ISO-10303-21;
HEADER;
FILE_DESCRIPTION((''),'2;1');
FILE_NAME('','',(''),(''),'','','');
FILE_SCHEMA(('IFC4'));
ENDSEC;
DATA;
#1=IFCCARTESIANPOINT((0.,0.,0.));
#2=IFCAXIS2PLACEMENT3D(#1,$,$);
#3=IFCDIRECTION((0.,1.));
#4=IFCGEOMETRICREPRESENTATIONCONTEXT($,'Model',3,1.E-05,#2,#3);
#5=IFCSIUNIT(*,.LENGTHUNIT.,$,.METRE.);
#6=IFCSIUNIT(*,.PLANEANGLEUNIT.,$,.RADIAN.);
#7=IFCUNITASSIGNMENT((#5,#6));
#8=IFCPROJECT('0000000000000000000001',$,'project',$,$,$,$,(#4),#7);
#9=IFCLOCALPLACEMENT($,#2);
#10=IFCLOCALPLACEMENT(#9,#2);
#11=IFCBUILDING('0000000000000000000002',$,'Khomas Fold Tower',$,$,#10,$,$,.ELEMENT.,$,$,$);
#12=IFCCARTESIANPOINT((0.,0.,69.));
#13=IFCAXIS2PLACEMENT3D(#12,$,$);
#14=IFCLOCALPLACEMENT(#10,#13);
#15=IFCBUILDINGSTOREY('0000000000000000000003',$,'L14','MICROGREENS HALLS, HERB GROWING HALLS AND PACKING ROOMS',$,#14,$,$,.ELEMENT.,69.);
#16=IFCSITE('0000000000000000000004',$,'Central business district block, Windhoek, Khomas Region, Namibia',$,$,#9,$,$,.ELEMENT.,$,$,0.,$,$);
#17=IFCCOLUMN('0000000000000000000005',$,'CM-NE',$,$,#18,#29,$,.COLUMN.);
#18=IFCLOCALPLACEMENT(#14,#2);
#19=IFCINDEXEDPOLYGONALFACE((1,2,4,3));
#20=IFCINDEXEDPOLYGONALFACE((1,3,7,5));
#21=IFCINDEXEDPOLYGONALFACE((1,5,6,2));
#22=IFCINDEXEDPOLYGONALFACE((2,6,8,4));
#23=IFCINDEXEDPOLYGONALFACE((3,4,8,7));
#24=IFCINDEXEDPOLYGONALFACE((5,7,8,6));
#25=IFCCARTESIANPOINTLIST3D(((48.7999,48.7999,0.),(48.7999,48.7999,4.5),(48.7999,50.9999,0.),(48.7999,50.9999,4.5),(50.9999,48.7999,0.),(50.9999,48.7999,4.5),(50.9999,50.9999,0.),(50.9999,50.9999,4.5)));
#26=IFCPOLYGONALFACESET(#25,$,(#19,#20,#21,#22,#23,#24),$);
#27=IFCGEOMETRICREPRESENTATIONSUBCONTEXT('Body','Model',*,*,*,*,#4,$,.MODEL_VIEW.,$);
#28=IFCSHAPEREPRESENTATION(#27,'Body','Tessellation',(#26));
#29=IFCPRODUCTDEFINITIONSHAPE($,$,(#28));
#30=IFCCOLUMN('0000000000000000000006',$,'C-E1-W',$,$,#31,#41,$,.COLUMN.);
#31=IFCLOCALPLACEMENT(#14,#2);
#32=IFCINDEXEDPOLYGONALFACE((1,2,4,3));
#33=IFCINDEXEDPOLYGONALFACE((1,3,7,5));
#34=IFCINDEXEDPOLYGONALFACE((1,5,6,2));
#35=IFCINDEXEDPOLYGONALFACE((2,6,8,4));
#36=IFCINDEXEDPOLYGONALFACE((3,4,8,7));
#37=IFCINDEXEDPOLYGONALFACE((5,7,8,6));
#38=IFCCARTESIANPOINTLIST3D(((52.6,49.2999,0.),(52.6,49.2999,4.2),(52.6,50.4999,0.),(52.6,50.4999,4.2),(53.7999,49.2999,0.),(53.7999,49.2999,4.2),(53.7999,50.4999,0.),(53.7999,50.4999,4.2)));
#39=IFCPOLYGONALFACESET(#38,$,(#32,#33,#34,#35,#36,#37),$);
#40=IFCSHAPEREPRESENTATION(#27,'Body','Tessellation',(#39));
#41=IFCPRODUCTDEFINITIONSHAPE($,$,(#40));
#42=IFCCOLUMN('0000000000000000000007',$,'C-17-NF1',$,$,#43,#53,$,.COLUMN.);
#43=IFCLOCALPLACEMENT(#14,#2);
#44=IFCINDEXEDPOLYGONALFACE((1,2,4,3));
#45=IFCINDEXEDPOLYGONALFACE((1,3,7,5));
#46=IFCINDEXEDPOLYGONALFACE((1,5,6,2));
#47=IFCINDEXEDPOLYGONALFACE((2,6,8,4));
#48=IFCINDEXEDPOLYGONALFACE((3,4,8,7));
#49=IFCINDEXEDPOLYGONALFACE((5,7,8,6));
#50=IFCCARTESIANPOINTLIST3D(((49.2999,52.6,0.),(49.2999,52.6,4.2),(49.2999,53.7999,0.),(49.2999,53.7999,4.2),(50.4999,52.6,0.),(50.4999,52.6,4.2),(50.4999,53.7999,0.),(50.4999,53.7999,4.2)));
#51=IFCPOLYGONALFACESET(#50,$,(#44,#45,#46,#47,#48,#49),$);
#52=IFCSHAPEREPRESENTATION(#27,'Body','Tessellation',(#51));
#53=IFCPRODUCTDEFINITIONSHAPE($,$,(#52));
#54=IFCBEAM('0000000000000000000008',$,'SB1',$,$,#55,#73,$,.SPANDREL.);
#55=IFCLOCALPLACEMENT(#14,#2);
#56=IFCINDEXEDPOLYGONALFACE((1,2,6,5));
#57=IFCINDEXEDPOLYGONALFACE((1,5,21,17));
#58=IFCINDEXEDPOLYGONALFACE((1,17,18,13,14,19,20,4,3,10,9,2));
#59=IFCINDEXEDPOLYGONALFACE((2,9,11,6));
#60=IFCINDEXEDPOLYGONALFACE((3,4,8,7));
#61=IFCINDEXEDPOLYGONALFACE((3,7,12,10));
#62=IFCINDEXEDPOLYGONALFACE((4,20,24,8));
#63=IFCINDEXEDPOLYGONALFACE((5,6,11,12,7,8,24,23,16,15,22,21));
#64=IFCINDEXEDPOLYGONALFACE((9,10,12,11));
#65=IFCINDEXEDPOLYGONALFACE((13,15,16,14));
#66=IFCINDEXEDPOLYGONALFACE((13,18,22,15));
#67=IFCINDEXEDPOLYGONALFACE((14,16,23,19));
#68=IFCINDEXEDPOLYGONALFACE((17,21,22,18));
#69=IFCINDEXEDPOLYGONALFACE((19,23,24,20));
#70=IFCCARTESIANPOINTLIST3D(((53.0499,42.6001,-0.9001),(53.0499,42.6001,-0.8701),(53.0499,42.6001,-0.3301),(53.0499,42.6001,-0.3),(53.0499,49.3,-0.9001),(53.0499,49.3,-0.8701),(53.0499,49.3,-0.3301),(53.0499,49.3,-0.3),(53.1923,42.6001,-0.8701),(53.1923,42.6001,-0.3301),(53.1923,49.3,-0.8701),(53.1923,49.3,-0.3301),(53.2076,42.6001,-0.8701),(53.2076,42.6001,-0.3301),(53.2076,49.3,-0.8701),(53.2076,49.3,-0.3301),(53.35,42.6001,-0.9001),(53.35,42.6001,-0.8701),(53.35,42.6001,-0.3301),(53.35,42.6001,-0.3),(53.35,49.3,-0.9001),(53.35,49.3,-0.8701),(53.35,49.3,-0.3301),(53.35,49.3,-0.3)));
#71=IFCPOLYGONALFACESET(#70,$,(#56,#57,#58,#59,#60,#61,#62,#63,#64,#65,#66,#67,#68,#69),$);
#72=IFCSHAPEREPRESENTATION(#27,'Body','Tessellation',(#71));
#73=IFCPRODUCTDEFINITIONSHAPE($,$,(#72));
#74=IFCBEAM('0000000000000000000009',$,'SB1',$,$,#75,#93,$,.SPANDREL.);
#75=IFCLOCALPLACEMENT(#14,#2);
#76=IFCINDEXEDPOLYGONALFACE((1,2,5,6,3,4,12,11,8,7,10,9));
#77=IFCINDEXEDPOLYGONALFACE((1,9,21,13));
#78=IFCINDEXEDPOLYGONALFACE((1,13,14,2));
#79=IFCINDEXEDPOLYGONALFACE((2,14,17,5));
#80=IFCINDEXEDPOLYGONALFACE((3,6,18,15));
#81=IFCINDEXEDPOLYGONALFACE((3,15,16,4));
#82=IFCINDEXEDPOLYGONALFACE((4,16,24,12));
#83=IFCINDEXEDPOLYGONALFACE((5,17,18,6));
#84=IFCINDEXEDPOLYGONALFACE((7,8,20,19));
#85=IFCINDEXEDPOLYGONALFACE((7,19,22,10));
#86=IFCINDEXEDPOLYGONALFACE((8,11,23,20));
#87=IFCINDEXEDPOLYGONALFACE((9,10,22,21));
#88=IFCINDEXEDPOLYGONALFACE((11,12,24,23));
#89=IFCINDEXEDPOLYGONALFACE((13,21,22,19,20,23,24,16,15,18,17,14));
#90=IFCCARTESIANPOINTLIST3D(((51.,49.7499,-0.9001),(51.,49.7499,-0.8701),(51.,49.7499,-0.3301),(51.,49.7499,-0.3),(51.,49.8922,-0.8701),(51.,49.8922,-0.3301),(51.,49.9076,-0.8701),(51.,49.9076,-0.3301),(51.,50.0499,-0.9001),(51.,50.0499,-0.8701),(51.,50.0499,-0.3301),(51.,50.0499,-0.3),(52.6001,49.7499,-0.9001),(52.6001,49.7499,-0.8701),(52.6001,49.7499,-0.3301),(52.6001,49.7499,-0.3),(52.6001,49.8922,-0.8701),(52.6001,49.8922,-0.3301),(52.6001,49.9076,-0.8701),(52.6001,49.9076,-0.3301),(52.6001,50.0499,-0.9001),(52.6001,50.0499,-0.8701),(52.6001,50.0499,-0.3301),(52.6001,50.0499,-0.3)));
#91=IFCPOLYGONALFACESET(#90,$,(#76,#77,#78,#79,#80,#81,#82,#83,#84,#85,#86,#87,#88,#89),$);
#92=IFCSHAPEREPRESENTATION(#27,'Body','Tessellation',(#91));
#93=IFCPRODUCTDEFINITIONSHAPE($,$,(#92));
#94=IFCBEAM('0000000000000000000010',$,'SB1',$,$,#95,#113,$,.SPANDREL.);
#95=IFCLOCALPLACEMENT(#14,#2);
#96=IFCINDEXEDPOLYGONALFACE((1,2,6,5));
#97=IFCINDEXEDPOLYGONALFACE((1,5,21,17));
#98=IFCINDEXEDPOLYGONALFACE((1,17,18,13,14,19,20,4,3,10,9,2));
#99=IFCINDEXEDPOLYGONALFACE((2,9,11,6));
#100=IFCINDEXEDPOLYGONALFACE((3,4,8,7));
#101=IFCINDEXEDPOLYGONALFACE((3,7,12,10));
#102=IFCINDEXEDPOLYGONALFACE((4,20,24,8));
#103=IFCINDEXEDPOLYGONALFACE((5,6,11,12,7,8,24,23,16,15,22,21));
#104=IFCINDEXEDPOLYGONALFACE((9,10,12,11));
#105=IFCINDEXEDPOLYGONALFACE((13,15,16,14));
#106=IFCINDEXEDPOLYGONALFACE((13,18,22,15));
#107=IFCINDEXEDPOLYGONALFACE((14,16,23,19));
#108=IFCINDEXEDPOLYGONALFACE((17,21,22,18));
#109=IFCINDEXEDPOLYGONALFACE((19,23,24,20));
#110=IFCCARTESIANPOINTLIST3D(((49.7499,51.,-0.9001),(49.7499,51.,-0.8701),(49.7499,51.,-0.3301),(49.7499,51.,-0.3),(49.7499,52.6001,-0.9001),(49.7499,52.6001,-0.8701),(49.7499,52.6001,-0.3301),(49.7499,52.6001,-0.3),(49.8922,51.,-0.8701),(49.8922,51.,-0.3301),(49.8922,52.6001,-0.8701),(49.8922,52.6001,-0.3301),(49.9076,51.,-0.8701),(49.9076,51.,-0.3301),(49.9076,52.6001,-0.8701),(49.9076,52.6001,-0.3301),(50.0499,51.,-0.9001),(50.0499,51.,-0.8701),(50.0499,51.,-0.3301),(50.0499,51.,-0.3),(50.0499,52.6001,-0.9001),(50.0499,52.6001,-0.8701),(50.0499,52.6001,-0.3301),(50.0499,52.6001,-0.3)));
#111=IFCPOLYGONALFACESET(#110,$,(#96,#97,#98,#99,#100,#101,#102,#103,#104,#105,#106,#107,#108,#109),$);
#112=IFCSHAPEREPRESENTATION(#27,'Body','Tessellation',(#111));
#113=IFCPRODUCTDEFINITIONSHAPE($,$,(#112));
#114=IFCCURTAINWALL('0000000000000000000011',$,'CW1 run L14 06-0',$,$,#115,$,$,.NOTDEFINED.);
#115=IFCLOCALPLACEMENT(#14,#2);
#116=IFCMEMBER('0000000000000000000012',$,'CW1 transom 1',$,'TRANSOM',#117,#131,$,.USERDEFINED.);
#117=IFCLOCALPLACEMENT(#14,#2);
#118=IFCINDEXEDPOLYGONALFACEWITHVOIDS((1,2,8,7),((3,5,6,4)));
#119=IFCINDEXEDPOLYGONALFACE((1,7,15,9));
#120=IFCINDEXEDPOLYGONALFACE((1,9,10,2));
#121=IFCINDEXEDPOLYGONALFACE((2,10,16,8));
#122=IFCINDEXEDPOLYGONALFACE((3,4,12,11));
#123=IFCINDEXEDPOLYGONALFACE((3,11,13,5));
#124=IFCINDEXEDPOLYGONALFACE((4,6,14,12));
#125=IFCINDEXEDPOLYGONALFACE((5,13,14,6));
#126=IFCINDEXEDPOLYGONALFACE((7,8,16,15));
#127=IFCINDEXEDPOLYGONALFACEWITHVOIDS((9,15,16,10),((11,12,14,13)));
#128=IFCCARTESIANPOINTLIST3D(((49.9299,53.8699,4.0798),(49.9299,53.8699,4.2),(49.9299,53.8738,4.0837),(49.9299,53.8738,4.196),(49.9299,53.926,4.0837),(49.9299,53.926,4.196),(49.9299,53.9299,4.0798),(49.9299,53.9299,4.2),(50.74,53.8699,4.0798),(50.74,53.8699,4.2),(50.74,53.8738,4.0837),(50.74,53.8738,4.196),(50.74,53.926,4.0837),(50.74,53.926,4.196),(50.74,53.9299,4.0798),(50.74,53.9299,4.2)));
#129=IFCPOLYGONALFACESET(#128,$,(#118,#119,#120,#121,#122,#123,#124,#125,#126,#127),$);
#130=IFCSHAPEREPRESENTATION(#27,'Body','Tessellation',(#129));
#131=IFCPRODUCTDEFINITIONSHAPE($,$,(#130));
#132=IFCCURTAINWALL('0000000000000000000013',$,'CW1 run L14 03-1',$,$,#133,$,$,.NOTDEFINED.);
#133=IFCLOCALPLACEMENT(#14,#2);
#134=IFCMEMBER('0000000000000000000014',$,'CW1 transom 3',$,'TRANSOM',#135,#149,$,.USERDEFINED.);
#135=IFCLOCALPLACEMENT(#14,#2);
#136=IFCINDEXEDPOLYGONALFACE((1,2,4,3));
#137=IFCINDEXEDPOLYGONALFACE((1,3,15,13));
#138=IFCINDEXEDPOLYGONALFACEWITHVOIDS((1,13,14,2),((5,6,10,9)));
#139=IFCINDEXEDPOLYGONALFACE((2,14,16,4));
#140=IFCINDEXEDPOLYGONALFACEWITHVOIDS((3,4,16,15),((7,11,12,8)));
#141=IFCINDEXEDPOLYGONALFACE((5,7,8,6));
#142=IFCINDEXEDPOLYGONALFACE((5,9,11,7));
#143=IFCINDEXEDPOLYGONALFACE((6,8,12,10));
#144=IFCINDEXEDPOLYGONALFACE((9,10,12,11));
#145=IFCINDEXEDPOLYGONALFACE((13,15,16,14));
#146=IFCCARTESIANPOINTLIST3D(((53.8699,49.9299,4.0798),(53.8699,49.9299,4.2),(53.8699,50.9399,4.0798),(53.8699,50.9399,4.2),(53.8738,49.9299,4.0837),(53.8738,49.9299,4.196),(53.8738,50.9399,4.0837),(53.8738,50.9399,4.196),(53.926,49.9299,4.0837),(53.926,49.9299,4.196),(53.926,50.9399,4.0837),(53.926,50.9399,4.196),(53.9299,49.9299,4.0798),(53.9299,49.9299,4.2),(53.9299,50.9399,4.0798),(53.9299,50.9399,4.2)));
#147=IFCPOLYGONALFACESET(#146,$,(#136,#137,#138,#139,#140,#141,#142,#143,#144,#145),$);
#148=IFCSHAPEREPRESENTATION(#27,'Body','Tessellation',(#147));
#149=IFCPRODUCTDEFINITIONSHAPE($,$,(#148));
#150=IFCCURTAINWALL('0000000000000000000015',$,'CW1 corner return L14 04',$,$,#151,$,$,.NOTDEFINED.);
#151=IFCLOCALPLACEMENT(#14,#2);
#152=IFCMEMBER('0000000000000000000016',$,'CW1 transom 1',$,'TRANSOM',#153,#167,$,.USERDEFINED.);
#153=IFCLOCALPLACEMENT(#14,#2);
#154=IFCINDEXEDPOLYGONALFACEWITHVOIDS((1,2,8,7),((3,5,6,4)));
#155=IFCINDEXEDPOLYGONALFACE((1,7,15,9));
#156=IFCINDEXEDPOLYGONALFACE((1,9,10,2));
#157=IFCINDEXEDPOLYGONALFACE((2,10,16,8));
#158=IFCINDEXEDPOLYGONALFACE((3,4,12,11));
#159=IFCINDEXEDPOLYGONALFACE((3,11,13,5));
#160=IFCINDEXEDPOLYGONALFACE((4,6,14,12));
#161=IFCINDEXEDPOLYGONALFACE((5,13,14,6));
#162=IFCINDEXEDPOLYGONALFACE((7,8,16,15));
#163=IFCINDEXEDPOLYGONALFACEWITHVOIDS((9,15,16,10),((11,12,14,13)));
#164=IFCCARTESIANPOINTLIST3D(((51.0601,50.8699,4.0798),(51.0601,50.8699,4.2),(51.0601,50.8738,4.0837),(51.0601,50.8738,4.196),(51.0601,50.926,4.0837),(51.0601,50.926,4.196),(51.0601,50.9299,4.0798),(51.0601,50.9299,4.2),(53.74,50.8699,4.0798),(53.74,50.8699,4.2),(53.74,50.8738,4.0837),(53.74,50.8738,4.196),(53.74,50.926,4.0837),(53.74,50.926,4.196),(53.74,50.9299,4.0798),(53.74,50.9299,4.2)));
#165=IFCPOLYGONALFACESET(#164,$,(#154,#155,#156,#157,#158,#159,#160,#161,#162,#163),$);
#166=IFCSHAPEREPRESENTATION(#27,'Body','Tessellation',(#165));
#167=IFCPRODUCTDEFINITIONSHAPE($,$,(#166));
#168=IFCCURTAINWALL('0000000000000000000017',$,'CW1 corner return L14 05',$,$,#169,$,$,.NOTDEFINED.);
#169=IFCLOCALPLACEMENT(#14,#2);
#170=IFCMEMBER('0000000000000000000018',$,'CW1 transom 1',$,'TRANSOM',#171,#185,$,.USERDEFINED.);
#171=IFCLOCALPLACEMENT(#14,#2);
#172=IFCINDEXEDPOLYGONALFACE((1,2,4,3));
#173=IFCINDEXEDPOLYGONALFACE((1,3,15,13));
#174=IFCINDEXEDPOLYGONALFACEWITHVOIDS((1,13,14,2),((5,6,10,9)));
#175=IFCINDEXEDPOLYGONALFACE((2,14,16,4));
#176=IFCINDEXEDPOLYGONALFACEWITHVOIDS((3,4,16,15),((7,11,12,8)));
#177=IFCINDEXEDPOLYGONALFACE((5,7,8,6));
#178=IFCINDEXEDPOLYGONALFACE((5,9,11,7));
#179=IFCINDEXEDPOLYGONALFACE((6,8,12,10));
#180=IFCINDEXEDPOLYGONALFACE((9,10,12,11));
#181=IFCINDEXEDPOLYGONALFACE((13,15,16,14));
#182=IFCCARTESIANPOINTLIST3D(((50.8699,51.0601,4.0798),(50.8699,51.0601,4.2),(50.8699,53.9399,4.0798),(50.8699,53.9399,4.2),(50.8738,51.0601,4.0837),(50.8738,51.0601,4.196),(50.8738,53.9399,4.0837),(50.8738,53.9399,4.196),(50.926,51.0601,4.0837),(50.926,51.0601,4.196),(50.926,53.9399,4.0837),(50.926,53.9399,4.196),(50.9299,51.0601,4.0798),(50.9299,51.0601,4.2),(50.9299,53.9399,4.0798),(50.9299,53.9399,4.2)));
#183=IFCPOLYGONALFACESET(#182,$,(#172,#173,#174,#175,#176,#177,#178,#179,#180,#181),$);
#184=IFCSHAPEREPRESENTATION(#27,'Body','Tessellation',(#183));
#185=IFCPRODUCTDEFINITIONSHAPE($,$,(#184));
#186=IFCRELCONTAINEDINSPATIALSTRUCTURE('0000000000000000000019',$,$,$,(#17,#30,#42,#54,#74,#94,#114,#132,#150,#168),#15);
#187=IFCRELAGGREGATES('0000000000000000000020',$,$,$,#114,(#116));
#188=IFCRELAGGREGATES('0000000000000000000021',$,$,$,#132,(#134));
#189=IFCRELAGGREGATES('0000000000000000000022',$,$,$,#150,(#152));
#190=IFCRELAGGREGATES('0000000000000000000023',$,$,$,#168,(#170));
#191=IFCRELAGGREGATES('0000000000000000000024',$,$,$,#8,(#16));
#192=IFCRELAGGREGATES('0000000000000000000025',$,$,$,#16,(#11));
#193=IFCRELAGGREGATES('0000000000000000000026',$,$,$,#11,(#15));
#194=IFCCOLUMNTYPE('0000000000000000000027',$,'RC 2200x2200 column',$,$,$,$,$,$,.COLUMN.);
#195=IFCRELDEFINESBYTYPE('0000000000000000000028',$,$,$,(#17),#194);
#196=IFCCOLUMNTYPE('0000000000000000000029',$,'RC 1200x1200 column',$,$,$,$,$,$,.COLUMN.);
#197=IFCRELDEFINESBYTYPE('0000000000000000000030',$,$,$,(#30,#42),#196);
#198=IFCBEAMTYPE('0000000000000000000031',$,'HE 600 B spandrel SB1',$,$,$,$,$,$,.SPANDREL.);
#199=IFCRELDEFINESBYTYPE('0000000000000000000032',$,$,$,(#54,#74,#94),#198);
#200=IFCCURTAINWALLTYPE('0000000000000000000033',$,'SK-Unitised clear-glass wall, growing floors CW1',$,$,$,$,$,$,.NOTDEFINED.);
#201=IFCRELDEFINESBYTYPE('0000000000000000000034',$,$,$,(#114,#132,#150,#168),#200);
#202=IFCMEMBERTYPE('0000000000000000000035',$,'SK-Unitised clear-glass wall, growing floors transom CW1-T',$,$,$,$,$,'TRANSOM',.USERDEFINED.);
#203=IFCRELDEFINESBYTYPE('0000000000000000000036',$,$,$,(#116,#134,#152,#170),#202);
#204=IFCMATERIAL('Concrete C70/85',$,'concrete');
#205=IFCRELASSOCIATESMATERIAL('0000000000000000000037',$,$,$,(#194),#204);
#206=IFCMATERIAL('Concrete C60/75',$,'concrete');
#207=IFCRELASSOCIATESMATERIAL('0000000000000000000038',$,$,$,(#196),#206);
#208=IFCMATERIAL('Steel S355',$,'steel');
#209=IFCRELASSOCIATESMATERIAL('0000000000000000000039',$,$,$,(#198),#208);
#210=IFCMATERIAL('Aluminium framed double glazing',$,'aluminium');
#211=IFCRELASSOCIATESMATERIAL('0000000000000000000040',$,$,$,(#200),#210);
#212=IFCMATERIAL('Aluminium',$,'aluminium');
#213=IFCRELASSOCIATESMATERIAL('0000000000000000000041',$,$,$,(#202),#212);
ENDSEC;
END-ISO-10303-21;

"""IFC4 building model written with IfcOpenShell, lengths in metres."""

from ifc_helpers import new_model, si_unit, direction, frame, origin, origin_2d, place, context, subcontext, project, spatial, rectangle, hollow_rectangle, i_section, extrude, source, transform, mapped, material, material_profile, profile_set, type_object, element, aggregate, save


model = new_model("IFC4")

# Units and contexts
model_context = context("Model", 3, precision=1e-05, world=origin(), true_north=direction((0.0, 1.0)))
body_context = subcontext(model_context, "Body", "Model", "MODEL_VIEW")
ifc_project = project(units=[si_unit("LENGTHUNIT", "METRE"), si_unit("PLANEANGLEUNIT", "RADIAN")], contexts=[model_context])

# Site, building, storey
site_placement = place(None, origin())
site = spatial("IfcSite", under=ifc_project, at=site_placement, Name="Central business district block, Windhoek, Khomas Region, Namibia", CompositionType="ELEMENT", RefElevation=0.0)
building_placement = place(site_placement, origin())
building = spatial("IfcBuilding", under=site, at=building_placement, Name="Khomas Fold Tower", CompositionType="ELEMENT")
storey_placement = place(building_placement, frame((0.0, 0.0, 69.0)))
storey = spatial("IfcBuildingStorey", under=building, at=storey_placement, Name="L14", Description="MICROGREENS HALLS, HERB GROWING HALLS AND PACKING ROOMS", CompositionType="ELEMENT", Elevation=69.0)

# Columns
ifc_material_1 = material(Name="Concrete C70/85", Category="concrete")
ifc_material_profile_1 = material_profile(ifc_material_1, rectangle(XDim=2.2, YDim=2.2, at=origin_2d()), Name="RC 2200x2200")
ifc_profile_set_1 = profile_set([ifc_material_profile_1], Name="Concrete C70/85")
column_type_1 = type_object("IfcColumnType", Name="RC 2200x2200 column", PredefinedType="COLUMN", material=ifc_profile_set_1)
shared_shape_1 = source(origin(), body_context, "Body", "SweptSolid", [
    extrude(rectangle(XDim=2.2, YDim=2.2, at=origin_2d()), origin(), (0.0, 0.0, 1.0), 4.5),
])
column_placement = place(storey_placement, frame((49.8999, 49.8999, 0.0), z_axis=(0.0, 0.0, 1.0), x_axis=(1.0, 0.0, 0.0)))
element("IfcColumn", 1, at=column_placement, inside=storey, type_object=column_type_1, Name="CM-NE", PredefinedType="COLUMN", context=body_context, shape_type="MappedRepresentation", body=[
    mapped(shared_shape_1, transform((0.0, 0.0, 0.0))),
])
ifc_material_2 = material(Name="Concrete C60/75", Category="concrete")
ifc_material_profile_2 = material_profile(ifc_material_2, rectangle(XDim=1.2, YDim=1.2, at=origin_2d()), Name="RC 1200x1200")
ifc_profile_set_2 = profile_set([ifc_material_profile_2], Name="Concrete C60/75")
column_type_2 = type_object("IfcColumnType", Name="RC 1200x1200 column", PredefinedType="COLUMN", material=ifc_profile_set_2)
shared_shape_2 = source(origin(), body_context, "Body", "SweptSolid", [
    extrude(rectangle(XDim=1.2, YDim=1.2, at=origin_2d()), origin(), (0.0, 0.0, 1.0), 4.2),
])
for number, where, z_axis, x_axis, name in (
    (2, (53.2, 49.8999, 0.0), (0.0, 0.0, 1.0), (1.0, 0.0, 0.0), "C-E1-W"),
    (3, (49.8999, 53.2, 0.0), (0.0, 0.0, 1.0), (1.0, 0.0, 0.0), "C-17-NF1"),
):
    element("IfcColumn", number, at=place(storey_placement, frame(where, z_axis=z_axis, x_axis=x_axis)), inside=storey, type_object=column_type_2, Name=name, PredefinedType="COLUMN", context=body_context, shape_type="MappedRepresentation", body=[
        mapped(shared_shape_2, transform((0.0, 0.0, 0.0))),
    ])

# Beams
ifc_material_3 = material(Name="Steel S355", Category="steel")
ifc_material_profile_3 = material_profile(ifc_material_3, i_section(OverallWidth=0.3, OverallDepth=0.6001, WebThickness=0.0154, FlangeThickness=0.03, at=origin_2d()), Name="HE 600 B")
ifc_profile_set_3 = profile_set([ifc_material_profile_3], Name="Steel S355")
beam_type = type_object("IfcBeamType", Name="HE 600 B spandrel SB1", PredefinedType="SPANDREL", material=ifc_profile_set_3)
shared_shape_3 = source(origin(), body_context, "Body", "SweptSolid", [
    extrude(i_section(OverallWidth=0.3, OverallDepth=0.6001, WebThickness=0.0154, FlangeThickness=0.03, at=origin_2d()), origin(), (0.0, 0.0, 1.0), 6.7),
])
beam_placement = place(storey_placement, frame((53.2, 42.6001, -0.6001), z_axis=(0.0, 1.0, 0.0), x_axis=(-1.0, 0.0, 0.0)))
element("IfcBeam", 4, at=beam_placement, inside=storey, type_object=beam_type, Name="SB1", PredefinedType="SPANDREL", context=body_context, shape_type="MappedRepresentation", body=[
    mapped(shared_shape_3, transform((0.0, 0.0, 0.0))),
])
shared_shape_4 = source(origin(), body_context, "Body", "SweptSolid", [
    extrude(i_section(OverallWidth=0.3, OverallDepth=0.6001, WebThickness=0.0154, FlangeThickness=0.03, at=origin_2d()), origin(), (0.0, 0.0, 1.0), 1.6001),
])
for number, where, z_axis, x_axis, name in (
    (5, (51.0, 49.8999, -0.6001), (1.0, 0.0, 0.0), (0.0, 1.0, 0.0), "SB1"),
    (6, (49.8999, 51.0, -0.6001), (0.0, 1.0, 0.0), (-1.0, 0.0, 0.0), "SB1"),
):
    element("IfcBeam", number, at=place(storey_placement, frame(where, z_axis=z_axis, x_axis=x_axis)), inside=storey, type_object=beam_type, Name=name, PredefinedType="SPANDREL", context=body_context, shape_type="MappedRepresentation", body=[
        mapped(shared_shape_4, transform((0.0, 0.0, 0.0))),
    ])

# Curtain walls, members
ifc_material_4 = material(Name="Aluminium framed double glazing", Category="aluminium")
curtain_wall_type = type_object("IfcCurtainWallType", Name="SK-Unitised clear-glass wall, growing floors CW1", PredefinedType="NOTDEFINED", material=ifc_material_4)
curtain_wall_1_placement = place(storey_placement, origin())
curtain_wall_1 = element("IfcCurtainWall", 7, at=curtain_wall_1_placement, inside=storey, type_object=curtain_wall_type, Name="CW1 run L14 06-0", PredefinedType="NOTDEFINED")
ifc_material_5 = material(Name="Aluminium", Category="aluminium")
ifc_material_profile_4 = material_profile(ifc_material_5, hollow_rectangle(XDim=0.0601, YDim=0.1201, WallThickness=0.0039, at=origin_2d()), Name="SK-Unitised clear-glass wall, growing floors transom CW1-T")
ifc_profile_set_4 = profile_set([ifc_material_profile_4], Name="Aluminium")
member_type_1 = type_object("IfcMemberType", Name="SK-Unitised clear-glass wall, growing floors transom CW1-T", ElementType="TRANSOM", PredefinedType="USERDEFINED", material=ifc_profile_set_4)
shared_shape_5 = source(origin(), body_context, "Body", "SweptSolid", [
    extrude(hollow_rectangle(XDim=0.0601, YDim=0.1201, WallThickness=0.0039, at=origin_2d()), origin(), (0.0, 0.0, 1.0), 0.8101),
])
member_1_placement = place(storey_placement, frame((50.74, 53.8999, 4.1399), z_axis=(-1.0, 0.0, 0.0), x_axis=(0.0, -1.0, 0.0)))
member_1 = element("IfcMember", 8, at=member_1_placement, type_object=member_type_1, Name="CW1 transom 1", ObjectType="TRANSOM", PredefinedType="USERDEFINED", context=body_context, shape_type="MappedRepresentation", body=[
    mapped(shared_shape_5, transform((0.0, 0.0, 0.0))),
])
curtain_wall_2_placement = place(storey_placement, origin())
curtain_wall_2 = element("IfcCurtainWall", 9, at=curtain_wall_2_placement, inside=storey, type_object=curtain_wall_type, Name="CW1 run L14 03-1", PredefinedType="NOTDEFINED")
shared_shape_6 = source(origin(), body_context, "Body", "SweptSolid", [
    extrude(hollow_rectangle(XDim=0.0601, YDim=0.1201, WallThickness=0.0039, at=origin_2d()), origin(), (0.0, 0.0, 1.0), 1.01),
])
member_2_placement = place(storey_placement, frame((53.8999, 49.9299, 4.1399), z_axis=(0.0, 1.0, 0.0), x_axis=(-1.0, 0.0, 0.0)))
member_2 = element("IfcMember", 10, at=member_2_placement, type_object=member_type_1, Name="CW1 transom 3", ObjectType="TRANSOM", PredefinedType="USERDEFINED", context=body_context, shape_type="MappedRepresentation", body=[
    mapped(shared_shape_6, transform((0.0, 0.0, 0.0))),
])
curtain_wall_3_placement = place(storey_placement, origin())
curtain_wall_3 = element("IfcCurtainWall", 11, at=curtain_wall_3_placement, inside=storey, type_object=curtain_wall_type, Name="CW1 corner return L14 04", PredefinedType="NOTDEFINED")
shared_shape_7 = source(origin(), body_context, "Body", "SweptSolid", [
    extrude(hollow_rectangle(XDim=0.0601, YDim=0.1201, WallThickness=0.0039, at=origin_2d()), origin(), (0.0, 0.0, 1.0), 2.6799),
])
member_3_placement = place(storey_placement, frame((53.74, 50.8999, 4.1399), z_axis=(-1.0, 0.0, 0.0), x_axis=(0.0, -1.0, 0.0)))
member_3 = element("IfcMember", 12, at=member_3_placement, type_object=member_type_1, Name="CW1 transom 1", ObjectType="TRANSOM", PredefinedType="USERDEFINED", context=body_context, shape_type="MappedRepresentation", body=[
    mapped(shared_shape_7, transform((0.0, 0.0, 0.0))),
])
curtain_wall_4_placement = place(storey_placement, origin())
curtain_wall_4 = element("IfcCurtainWall", 13, at=curtain_wall_4_placement, inside=storey, type_object=curtain_wall_type, Name="CW1 corner return L14 05", PredefinedType="NOTDEFINED")
shared_shape_8 = source(origin(), body_context, "Body", "SweptSolid", [
    extrude(hollow_rectangle(XDim=0.0601, YDim=0.1201, WallThickness=0.0039, at=origin_2d()), origin(), (0.0, 0.0, 1.0), 2.8799),
])
member_4_placement = place(storey_placement, frame((50.8999, 51.0601, 4.1399), z_axis=(0.0, 1.0, 0.0), x_axis=(-1.0, 0.0, 0.0)))
member_4 = element("IfcMember", 14, at=member_4_placement, type_object=member_type_1, Name="CW1 transom 1", ObjectType="TRANSOM", PredefinedType="USERDEFINED", context=body_context, shape_type="MappedRepresentation", body=[
    mapped(shared_shape_8, transform((0.0, 0.0, 0.0))),
])

aggregate(curtain_wall_1, [member_1])
aggregate(curtain_wall_2, [member_2])
aggregate(curtain_wall_3, [member_3])
aggregate(curtain_wall_4, [member_4])

save(model, "model.ifc")
